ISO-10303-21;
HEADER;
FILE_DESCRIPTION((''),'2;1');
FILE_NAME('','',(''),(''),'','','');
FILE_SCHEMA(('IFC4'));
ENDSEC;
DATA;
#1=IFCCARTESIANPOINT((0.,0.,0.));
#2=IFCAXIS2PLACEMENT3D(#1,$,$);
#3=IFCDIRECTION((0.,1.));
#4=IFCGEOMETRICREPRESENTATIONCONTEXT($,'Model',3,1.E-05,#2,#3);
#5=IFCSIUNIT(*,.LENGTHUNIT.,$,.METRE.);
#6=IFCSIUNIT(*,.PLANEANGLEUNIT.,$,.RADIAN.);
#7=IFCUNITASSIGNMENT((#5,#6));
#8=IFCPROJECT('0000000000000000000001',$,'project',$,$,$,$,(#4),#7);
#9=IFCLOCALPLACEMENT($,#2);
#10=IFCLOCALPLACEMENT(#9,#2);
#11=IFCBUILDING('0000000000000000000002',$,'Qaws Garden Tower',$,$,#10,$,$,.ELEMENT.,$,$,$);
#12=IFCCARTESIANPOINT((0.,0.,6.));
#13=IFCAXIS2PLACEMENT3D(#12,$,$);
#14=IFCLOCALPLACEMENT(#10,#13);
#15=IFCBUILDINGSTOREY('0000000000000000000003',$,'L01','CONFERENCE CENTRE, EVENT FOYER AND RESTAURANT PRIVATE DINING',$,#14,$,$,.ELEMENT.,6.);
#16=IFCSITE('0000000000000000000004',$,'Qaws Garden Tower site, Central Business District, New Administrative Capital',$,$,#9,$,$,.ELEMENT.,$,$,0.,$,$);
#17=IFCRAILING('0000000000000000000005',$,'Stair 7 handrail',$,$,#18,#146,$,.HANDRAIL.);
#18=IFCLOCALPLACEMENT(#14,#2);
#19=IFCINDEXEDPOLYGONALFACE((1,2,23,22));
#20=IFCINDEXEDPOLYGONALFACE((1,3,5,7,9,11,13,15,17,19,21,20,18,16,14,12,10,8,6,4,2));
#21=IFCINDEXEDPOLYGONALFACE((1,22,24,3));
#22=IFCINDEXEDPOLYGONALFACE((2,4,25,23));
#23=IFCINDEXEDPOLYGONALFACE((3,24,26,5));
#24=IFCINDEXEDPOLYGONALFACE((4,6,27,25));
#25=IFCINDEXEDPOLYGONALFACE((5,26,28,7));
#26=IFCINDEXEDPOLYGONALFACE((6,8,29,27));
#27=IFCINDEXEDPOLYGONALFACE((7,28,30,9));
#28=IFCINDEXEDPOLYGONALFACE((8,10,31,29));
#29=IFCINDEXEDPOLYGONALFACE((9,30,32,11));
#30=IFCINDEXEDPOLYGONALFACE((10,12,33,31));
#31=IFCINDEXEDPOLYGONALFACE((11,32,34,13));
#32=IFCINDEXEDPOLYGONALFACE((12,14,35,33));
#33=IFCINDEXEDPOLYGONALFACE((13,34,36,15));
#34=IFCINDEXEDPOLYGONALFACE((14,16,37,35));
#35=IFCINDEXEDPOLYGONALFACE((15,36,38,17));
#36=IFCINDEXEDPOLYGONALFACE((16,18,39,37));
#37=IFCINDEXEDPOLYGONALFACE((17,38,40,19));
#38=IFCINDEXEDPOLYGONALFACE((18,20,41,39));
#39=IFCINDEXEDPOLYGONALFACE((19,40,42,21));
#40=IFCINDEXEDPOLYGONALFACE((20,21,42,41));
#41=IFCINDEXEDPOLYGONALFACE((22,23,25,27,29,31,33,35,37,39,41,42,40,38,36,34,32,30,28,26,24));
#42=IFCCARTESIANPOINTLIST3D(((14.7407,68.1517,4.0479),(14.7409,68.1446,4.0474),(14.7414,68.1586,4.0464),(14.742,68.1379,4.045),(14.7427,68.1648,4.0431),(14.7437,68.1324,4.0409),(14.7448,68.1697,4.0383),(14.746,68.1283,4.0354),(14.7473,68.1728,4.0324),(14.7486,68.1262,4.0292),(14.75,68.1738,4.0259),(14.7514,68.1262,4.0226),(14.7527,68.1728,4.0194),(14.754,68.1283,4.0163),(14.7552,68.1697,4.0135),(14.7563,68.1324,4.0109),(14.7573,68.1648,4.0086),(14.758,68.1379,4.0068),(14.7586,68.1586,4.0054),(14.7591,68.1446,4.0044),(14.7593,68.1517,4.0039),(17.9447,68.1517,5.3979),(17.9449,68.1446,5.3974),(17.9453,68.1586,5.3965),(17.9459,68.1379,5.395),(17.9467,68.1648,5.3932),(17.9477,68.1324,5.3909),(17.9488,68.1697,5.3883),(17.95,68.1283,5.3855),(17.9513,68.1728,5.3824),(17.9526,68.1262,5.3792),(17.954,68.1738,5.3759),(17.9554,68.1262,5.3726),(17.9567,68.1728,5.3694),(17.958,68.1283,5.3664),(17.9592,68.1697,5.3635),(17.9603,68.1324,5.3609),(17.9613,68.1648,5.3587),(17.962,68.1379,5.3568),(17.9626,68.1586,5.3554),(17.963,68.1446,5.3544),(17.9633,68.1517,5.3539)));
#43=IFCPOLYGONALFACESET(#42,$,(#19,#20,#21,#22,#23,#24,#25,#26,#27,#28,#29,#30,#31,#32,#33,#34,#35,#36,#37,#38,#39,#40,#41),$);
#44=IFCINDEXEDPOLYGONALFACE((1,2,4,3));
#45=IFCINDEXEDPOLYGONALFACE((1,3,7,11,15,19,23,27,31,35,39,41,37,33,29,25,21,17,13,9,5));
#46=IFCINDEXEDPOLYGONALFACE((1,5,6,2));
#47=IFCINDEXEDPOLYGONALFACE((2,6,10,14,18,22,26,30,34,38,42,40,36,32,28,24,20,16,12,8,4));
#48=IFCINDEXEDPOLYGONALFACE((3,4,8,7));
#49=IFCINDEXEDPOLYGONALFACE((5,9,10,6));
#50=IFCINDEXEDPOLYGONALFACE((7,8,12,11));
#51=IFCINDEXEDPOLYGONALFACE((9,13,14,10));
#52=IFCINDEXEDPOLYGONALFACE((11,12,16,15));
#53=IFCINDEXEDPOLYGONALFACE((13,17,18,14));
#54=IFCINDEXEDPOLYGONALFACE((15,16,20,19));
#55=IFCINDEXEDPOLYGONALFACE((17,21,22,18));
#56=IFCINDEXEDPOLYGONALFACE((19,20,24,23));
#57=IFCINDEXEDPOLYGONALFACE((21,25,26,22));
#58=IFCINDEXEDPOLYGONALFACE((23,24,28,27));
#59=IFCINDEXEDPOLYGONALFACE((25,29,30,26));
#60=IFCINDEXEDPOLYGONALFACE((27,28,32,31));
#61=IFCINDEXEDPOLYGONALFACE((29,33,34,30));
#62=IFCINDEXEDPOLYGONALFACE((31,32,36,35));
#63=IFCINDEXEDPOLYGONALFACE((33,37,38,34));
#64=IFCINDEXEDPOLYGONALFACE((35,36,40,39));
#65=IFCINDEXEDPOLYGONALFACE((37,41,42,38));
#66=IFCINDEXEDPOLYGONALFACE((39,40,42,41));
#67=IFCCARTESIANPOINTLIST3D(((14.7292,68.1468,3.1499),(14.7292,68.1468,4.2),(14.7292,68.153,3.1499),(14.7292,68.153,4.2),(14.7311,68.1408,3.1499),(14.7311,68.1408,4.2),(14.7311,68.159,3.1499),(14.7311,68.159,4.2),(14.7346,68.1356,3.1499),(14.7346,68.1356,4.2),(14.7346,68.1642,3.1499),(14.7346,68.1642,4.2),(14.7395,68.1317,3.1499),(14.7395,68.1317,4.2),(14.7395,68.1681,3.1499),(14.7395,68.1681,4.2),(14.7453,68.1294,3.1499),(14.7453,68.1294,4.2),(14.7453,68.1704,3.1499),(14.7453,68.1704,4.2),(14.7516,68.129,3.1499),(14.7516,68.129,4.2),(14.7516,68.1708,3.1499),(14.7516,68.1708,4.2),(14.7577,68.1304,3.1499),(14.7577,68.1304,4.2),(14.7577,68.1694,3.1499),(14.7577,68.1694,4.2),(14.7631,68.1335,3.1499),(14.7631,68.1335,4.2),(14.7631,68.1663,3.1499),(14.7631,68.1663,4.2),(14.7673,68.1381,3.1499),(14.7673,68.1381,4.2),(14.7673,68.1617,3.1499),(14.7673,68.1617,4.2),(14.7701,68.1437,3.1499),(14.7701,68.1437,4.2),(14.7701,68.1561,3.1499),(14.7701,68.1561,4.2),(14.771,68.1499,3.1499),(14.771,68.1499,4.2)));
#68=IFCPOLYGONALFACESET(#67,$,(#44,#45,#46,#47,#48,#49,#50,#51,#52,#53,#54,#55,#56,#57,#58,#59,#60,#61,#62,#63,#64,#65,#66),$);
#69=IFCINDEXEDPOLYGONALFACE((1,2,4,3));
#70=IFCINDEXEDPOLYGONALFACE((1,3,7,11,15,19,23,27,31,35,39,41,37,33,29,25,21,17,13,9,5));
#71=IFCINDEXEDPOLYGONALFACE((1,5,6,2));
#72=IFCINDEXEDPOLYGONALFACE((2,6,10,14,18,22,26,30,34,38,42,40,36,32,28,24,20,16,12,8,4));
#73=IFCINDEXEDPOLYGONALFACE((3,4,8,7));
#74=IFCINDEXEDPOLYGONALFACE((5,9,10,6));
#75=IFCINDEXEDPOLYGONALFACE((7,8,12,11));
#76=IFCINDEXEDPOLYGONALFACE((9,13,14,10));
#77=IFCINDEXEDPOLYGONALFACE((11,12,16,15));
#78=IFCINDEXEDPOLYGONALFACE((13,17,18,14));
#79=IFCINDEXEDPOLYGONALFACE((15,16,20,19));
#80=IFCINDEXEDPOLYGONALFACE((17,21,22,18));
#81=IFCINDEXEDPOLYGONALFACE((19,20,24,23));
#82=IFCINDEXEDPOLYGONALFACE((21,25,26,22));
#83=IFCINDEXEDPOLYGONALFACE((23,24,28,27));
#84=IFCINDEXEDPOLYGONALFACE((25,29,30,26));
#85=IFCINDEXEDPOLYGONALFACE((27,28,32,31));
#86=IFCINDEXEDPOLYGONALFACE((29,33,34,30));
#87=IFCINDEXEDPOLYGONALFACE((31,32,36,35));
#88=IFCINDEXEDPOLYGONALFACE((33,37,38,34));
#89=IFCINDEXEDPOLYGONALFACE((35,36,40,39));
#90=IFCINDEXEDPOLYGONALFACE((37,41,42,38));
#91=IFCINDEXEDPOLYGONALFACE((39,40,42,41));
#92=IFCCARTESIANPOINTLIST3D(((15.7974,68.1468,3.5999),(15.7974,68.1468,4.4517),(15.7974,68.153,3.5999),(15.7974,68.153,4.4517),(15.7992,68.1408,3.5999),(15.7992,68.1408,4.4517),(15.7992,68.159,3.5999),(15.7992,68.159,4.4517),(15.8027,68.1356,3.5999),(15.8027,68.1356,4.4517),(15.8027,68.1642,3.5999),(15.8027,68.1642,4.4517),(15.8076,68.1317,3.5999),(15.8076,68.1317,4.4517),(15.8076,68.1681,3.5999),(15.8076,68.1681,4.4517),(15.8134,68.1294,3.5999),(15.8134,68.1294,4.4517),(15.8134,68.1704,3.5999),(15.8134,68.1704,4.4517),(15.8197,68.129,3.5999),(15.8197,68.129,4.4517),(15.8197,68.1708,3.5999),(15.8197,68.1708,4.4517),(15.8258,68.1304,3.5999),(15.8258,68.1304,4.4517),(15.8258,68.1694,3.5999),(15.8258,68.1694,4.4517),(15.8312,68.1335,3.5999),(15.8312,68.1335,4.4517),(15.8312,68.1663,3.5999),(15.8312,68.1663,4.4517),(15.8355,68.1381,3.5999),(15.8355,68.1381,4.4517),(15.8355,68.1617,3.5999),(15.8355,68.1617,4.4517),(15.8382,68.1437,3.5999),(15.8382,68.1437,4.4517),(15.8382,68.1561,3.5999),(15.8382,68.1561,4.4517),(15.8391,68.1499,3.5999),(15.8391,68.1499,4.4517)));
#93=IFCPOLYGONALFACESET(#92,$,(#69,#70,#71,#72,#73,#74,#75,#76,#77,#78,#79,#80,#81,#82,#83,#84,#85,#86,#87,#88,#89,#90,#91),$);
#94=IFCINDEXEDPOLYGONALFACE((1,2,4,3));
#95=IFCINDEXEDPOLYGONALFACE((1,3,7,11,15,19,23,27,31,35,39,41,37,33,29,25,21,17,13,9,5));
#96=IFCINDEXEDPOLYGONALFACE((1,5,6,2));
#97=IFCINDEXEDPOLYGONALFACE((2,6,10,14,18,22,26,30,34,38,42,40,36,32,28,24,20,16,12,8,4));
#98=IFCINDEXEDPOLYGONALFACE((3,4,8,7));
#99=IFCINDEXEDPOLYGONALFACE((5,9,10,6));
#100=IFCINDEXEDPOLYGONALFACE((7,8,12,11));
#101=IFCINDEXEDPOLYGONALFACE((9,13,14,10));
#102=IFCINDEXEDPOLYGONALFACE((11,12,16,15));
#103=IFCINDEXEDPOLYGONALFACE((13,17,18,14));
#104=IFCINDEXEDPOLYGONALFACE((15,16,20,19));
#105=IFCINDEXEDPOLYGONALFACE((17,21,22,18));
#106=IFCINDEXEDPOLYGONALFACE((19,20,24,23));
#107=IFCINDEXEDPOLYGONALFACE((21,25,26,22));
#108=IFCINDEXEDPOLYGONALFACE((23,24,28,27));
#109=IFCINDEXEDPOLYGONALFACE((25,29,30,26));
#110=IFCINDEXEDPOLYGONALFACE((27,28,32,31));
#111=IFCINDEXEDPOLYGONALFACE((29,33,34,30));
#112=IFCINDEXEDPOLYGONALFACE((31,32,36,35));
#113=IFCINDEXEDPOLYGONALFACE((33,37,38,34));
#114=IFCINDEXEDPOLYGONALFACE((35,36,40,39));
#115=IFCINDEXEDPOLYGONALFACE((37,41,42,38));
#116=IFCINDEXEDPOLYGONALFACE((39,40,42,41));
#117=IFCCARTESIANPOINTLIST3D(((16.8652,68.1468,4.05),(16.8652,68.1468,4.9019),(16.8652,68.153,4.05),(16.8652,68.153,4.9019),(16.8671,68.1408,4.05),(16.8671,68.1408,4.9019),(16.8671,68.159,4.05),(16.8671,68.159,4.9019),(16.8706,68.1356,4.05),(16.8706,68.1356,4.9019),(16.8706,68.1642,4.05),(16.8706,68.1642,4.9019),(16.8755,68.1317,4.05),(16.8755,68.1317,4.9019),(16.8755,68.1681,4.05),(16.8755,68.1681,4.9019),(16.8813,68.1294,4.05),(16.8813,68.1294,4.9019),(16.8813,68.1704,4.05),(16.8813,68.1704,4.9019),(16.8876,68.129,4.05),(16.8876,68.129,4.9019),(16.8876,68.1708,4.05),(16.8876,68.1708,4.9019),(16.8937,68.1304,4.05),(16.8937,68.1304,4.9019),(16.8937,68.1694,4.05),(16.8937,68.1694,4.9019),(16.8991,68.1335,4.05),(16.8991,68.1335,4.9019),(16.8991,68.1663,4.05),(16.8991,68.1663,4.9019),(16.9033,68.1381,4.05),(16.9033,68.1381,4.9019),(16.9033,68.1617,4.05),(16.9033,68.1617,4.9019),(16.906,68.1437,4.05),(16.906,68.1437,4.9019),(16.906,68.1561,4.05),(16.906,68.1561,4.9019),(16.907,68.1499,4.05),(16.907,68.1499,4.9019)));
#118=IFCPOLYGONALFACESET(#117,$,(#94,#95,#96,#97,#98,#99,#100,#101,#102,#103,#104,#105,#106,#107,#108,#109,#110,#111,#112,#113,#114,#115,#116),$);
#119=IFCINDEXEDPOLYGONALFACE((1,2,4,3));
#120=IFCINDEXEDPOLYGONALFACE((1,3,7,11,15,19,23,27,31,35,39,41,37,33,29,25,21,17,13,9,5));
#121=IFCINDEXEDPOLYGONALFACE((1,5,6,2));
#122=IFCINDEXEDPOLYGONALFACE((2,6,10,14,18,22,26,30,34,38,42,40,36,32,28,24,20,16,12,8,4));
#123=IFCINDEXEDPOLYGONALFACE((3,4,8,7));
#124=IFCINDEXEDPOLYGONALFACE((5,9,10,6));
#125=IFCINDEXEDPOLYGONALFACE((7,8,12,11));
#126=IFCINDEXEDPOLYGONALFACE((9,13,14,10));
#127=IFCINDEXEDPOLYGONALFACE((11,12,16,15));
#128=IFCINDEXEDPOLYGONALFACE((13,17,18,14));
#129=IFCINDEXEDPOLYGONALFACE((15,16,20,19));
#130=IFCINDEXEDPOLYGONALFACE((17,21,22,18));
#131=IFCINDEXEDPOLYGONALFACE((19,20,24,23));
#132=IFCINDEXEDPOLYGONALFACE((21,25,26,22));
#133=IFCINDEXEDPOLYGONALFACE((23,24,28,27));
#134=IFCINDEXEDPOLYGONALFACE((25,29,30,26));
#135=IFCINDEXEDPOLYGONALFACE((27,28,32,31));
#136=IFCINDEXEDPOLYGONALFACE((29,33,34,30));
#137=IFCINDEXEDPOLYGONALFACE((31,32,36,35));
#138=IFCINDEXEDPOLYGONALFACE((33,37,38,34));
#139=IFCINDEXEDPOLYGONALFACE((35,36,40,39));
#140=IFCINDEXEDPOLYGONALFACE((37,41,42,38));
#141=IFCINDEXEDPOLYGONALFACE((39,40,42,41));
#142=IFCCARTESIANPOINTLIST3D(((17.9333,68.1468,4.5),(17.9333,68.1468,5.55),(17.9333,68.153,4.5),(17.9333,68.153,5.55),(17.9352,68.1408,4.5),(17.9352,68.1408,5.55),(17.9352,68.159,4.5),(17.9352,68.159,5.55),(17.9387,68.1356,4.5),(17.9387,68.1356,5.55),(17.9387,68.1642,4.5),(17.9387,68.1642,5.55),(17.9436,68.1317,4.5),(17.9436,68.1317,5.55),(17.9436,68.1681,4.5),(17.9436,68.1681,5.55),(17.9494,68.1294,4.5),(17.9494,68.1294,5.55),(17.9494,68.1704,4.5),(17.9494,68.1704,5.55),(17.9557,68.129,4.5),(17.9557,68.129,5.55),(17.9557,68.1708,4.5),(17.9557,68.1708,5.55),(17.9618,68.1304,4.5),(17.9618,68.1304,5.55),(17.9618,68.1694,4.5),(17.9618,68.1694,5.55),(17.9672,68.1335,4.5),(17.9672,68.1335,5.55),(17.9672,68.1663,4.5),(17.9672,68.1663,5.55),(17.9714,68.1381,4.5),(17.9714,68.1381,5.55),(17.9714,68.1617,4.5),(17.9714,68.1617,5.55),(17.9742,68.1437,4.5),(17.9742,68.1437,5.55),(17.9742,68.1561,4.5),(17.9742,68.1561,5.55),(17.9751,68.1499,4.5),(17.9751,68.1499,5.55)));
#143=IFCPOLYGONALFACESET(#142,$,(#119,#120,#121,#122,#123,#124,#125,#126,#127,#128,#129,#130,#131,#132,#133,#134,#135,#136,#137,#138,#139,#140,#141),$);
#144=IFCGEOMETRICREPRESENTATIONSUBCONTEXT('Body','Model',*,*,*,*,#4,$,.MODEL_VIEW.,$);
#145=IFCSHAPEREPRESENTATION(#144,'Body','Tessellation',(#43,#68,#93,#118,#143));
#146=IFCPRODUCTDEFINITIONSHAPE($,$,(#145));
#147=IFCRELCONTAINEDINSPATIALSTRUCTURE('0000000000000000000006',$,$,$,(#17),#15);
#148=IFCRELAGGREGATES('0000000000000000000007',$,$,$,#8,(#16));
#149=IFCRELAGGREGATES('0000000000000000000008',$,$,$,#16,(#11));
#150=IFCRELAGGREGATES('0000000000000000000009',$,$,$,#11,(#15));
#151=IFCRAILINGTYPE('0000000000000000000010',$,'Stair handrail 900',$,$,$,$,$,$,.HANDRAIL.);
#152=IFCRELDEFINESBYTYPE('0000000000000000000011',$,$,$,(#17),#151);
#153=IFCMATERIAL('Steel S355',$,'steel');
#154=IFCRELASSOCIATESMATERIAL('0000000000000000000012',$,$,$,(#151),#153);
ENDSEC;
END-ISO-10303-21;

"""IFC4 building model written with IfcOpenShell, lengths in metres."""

from ifc_helpers import new_model, si_unit, direction, frame, origin, origin_2d, place, context, subcontext, project, spatial, circle, extrude, material, type_object, element, save


model = new_model("IFC4")

# Units and contexts
model_context = context("Model", 3, precision=1e-05, world=origin(), true_north=direction((0.0, 1.0)))
body_context = subcontext(model_context, "Body", "Model", "MODEL_VIEW")
ifc_project = project(units=[si_unit("LENGTHUNIT", "METRE"), si_unit("PLANEANGLEUNIT", "RADIAN")], contexts=[model_context])

# Site, building, storey
site_placement = place(None, origin())
site = spatial("IfcSite", under=ifc_project, at=site_placement, Name="Qaws Garden Tower site, Central Business District, New Administrative Capital", CompositionType="ELEMENT", RefElevation=0.0)
building_placement = place(site_placement, origin())
building = spatial("IfcBuilding", under=site, at=building_placement, Name="Qaws Garden Tower", CompositionType="ELEMENT")
storey_placement = place(building_placement, frame((0.0, 0.0, 6.0)))
storey = spatial("IfcBuildingStorey", under=building, at=storey_placement, Name="L01", Description="CONFERENCE CENTRE, EVENT FOYER AND RESTAURANT PRIVATE DINING", CompositionType="ELEMENT", Elevation=6.0)

# Railing
ifc_material_1 = material(Name="Steel S355", Category="steel")
railing_type = type_object("IfcRailingType", Name="Stair handrail 900", PredefinedType="HANDRAIL", material=ifc_material_1)
railing_1_placement = place(storey_placement, frame((14.75, 68.1499, 3.1499)))
element("IfcRailing", 1, at=railing_1_placement, inside=storey, type_object=railing_type, Name="Stair 7 handrail", PredefinedType="HANDRAIL", context=body_context, shape_type="SweptSolid", body=[
    extrude(circle(Radius=0.0239, at=origin_2d()), frame((0.0, 0.0, 0.876), z_axis=(0.921532, 0.0, 0.388302), x_axis=(0.0, 1.0, 0.0)), (0.0, 0.0, 1.0), 3.4768),
    extrude(circle(Radius=0.021, at=origin_2d()), origin(), (0.0, 0.0, 1.0), 1.05),
    extrude(circle(Radius=0.021, at=origin_2d()), frame((1.0681, 0.0, 0.45)), (0.0, 0.0, 1.0), 0.8518),
    extrude(circle(Radius=0.021, at=origin_2d()), frame((2.136, 0.0, 0.9001)), (0.0, 0.0, 1.0), 0.8518),
    extrude(circle(Radius=0.021, at=origin_2d()), frame((3.2041, 0.0, 1.3501)), (0.0, 0.0, 1.0), 1.05),
])

save(model, "model.ifc")
